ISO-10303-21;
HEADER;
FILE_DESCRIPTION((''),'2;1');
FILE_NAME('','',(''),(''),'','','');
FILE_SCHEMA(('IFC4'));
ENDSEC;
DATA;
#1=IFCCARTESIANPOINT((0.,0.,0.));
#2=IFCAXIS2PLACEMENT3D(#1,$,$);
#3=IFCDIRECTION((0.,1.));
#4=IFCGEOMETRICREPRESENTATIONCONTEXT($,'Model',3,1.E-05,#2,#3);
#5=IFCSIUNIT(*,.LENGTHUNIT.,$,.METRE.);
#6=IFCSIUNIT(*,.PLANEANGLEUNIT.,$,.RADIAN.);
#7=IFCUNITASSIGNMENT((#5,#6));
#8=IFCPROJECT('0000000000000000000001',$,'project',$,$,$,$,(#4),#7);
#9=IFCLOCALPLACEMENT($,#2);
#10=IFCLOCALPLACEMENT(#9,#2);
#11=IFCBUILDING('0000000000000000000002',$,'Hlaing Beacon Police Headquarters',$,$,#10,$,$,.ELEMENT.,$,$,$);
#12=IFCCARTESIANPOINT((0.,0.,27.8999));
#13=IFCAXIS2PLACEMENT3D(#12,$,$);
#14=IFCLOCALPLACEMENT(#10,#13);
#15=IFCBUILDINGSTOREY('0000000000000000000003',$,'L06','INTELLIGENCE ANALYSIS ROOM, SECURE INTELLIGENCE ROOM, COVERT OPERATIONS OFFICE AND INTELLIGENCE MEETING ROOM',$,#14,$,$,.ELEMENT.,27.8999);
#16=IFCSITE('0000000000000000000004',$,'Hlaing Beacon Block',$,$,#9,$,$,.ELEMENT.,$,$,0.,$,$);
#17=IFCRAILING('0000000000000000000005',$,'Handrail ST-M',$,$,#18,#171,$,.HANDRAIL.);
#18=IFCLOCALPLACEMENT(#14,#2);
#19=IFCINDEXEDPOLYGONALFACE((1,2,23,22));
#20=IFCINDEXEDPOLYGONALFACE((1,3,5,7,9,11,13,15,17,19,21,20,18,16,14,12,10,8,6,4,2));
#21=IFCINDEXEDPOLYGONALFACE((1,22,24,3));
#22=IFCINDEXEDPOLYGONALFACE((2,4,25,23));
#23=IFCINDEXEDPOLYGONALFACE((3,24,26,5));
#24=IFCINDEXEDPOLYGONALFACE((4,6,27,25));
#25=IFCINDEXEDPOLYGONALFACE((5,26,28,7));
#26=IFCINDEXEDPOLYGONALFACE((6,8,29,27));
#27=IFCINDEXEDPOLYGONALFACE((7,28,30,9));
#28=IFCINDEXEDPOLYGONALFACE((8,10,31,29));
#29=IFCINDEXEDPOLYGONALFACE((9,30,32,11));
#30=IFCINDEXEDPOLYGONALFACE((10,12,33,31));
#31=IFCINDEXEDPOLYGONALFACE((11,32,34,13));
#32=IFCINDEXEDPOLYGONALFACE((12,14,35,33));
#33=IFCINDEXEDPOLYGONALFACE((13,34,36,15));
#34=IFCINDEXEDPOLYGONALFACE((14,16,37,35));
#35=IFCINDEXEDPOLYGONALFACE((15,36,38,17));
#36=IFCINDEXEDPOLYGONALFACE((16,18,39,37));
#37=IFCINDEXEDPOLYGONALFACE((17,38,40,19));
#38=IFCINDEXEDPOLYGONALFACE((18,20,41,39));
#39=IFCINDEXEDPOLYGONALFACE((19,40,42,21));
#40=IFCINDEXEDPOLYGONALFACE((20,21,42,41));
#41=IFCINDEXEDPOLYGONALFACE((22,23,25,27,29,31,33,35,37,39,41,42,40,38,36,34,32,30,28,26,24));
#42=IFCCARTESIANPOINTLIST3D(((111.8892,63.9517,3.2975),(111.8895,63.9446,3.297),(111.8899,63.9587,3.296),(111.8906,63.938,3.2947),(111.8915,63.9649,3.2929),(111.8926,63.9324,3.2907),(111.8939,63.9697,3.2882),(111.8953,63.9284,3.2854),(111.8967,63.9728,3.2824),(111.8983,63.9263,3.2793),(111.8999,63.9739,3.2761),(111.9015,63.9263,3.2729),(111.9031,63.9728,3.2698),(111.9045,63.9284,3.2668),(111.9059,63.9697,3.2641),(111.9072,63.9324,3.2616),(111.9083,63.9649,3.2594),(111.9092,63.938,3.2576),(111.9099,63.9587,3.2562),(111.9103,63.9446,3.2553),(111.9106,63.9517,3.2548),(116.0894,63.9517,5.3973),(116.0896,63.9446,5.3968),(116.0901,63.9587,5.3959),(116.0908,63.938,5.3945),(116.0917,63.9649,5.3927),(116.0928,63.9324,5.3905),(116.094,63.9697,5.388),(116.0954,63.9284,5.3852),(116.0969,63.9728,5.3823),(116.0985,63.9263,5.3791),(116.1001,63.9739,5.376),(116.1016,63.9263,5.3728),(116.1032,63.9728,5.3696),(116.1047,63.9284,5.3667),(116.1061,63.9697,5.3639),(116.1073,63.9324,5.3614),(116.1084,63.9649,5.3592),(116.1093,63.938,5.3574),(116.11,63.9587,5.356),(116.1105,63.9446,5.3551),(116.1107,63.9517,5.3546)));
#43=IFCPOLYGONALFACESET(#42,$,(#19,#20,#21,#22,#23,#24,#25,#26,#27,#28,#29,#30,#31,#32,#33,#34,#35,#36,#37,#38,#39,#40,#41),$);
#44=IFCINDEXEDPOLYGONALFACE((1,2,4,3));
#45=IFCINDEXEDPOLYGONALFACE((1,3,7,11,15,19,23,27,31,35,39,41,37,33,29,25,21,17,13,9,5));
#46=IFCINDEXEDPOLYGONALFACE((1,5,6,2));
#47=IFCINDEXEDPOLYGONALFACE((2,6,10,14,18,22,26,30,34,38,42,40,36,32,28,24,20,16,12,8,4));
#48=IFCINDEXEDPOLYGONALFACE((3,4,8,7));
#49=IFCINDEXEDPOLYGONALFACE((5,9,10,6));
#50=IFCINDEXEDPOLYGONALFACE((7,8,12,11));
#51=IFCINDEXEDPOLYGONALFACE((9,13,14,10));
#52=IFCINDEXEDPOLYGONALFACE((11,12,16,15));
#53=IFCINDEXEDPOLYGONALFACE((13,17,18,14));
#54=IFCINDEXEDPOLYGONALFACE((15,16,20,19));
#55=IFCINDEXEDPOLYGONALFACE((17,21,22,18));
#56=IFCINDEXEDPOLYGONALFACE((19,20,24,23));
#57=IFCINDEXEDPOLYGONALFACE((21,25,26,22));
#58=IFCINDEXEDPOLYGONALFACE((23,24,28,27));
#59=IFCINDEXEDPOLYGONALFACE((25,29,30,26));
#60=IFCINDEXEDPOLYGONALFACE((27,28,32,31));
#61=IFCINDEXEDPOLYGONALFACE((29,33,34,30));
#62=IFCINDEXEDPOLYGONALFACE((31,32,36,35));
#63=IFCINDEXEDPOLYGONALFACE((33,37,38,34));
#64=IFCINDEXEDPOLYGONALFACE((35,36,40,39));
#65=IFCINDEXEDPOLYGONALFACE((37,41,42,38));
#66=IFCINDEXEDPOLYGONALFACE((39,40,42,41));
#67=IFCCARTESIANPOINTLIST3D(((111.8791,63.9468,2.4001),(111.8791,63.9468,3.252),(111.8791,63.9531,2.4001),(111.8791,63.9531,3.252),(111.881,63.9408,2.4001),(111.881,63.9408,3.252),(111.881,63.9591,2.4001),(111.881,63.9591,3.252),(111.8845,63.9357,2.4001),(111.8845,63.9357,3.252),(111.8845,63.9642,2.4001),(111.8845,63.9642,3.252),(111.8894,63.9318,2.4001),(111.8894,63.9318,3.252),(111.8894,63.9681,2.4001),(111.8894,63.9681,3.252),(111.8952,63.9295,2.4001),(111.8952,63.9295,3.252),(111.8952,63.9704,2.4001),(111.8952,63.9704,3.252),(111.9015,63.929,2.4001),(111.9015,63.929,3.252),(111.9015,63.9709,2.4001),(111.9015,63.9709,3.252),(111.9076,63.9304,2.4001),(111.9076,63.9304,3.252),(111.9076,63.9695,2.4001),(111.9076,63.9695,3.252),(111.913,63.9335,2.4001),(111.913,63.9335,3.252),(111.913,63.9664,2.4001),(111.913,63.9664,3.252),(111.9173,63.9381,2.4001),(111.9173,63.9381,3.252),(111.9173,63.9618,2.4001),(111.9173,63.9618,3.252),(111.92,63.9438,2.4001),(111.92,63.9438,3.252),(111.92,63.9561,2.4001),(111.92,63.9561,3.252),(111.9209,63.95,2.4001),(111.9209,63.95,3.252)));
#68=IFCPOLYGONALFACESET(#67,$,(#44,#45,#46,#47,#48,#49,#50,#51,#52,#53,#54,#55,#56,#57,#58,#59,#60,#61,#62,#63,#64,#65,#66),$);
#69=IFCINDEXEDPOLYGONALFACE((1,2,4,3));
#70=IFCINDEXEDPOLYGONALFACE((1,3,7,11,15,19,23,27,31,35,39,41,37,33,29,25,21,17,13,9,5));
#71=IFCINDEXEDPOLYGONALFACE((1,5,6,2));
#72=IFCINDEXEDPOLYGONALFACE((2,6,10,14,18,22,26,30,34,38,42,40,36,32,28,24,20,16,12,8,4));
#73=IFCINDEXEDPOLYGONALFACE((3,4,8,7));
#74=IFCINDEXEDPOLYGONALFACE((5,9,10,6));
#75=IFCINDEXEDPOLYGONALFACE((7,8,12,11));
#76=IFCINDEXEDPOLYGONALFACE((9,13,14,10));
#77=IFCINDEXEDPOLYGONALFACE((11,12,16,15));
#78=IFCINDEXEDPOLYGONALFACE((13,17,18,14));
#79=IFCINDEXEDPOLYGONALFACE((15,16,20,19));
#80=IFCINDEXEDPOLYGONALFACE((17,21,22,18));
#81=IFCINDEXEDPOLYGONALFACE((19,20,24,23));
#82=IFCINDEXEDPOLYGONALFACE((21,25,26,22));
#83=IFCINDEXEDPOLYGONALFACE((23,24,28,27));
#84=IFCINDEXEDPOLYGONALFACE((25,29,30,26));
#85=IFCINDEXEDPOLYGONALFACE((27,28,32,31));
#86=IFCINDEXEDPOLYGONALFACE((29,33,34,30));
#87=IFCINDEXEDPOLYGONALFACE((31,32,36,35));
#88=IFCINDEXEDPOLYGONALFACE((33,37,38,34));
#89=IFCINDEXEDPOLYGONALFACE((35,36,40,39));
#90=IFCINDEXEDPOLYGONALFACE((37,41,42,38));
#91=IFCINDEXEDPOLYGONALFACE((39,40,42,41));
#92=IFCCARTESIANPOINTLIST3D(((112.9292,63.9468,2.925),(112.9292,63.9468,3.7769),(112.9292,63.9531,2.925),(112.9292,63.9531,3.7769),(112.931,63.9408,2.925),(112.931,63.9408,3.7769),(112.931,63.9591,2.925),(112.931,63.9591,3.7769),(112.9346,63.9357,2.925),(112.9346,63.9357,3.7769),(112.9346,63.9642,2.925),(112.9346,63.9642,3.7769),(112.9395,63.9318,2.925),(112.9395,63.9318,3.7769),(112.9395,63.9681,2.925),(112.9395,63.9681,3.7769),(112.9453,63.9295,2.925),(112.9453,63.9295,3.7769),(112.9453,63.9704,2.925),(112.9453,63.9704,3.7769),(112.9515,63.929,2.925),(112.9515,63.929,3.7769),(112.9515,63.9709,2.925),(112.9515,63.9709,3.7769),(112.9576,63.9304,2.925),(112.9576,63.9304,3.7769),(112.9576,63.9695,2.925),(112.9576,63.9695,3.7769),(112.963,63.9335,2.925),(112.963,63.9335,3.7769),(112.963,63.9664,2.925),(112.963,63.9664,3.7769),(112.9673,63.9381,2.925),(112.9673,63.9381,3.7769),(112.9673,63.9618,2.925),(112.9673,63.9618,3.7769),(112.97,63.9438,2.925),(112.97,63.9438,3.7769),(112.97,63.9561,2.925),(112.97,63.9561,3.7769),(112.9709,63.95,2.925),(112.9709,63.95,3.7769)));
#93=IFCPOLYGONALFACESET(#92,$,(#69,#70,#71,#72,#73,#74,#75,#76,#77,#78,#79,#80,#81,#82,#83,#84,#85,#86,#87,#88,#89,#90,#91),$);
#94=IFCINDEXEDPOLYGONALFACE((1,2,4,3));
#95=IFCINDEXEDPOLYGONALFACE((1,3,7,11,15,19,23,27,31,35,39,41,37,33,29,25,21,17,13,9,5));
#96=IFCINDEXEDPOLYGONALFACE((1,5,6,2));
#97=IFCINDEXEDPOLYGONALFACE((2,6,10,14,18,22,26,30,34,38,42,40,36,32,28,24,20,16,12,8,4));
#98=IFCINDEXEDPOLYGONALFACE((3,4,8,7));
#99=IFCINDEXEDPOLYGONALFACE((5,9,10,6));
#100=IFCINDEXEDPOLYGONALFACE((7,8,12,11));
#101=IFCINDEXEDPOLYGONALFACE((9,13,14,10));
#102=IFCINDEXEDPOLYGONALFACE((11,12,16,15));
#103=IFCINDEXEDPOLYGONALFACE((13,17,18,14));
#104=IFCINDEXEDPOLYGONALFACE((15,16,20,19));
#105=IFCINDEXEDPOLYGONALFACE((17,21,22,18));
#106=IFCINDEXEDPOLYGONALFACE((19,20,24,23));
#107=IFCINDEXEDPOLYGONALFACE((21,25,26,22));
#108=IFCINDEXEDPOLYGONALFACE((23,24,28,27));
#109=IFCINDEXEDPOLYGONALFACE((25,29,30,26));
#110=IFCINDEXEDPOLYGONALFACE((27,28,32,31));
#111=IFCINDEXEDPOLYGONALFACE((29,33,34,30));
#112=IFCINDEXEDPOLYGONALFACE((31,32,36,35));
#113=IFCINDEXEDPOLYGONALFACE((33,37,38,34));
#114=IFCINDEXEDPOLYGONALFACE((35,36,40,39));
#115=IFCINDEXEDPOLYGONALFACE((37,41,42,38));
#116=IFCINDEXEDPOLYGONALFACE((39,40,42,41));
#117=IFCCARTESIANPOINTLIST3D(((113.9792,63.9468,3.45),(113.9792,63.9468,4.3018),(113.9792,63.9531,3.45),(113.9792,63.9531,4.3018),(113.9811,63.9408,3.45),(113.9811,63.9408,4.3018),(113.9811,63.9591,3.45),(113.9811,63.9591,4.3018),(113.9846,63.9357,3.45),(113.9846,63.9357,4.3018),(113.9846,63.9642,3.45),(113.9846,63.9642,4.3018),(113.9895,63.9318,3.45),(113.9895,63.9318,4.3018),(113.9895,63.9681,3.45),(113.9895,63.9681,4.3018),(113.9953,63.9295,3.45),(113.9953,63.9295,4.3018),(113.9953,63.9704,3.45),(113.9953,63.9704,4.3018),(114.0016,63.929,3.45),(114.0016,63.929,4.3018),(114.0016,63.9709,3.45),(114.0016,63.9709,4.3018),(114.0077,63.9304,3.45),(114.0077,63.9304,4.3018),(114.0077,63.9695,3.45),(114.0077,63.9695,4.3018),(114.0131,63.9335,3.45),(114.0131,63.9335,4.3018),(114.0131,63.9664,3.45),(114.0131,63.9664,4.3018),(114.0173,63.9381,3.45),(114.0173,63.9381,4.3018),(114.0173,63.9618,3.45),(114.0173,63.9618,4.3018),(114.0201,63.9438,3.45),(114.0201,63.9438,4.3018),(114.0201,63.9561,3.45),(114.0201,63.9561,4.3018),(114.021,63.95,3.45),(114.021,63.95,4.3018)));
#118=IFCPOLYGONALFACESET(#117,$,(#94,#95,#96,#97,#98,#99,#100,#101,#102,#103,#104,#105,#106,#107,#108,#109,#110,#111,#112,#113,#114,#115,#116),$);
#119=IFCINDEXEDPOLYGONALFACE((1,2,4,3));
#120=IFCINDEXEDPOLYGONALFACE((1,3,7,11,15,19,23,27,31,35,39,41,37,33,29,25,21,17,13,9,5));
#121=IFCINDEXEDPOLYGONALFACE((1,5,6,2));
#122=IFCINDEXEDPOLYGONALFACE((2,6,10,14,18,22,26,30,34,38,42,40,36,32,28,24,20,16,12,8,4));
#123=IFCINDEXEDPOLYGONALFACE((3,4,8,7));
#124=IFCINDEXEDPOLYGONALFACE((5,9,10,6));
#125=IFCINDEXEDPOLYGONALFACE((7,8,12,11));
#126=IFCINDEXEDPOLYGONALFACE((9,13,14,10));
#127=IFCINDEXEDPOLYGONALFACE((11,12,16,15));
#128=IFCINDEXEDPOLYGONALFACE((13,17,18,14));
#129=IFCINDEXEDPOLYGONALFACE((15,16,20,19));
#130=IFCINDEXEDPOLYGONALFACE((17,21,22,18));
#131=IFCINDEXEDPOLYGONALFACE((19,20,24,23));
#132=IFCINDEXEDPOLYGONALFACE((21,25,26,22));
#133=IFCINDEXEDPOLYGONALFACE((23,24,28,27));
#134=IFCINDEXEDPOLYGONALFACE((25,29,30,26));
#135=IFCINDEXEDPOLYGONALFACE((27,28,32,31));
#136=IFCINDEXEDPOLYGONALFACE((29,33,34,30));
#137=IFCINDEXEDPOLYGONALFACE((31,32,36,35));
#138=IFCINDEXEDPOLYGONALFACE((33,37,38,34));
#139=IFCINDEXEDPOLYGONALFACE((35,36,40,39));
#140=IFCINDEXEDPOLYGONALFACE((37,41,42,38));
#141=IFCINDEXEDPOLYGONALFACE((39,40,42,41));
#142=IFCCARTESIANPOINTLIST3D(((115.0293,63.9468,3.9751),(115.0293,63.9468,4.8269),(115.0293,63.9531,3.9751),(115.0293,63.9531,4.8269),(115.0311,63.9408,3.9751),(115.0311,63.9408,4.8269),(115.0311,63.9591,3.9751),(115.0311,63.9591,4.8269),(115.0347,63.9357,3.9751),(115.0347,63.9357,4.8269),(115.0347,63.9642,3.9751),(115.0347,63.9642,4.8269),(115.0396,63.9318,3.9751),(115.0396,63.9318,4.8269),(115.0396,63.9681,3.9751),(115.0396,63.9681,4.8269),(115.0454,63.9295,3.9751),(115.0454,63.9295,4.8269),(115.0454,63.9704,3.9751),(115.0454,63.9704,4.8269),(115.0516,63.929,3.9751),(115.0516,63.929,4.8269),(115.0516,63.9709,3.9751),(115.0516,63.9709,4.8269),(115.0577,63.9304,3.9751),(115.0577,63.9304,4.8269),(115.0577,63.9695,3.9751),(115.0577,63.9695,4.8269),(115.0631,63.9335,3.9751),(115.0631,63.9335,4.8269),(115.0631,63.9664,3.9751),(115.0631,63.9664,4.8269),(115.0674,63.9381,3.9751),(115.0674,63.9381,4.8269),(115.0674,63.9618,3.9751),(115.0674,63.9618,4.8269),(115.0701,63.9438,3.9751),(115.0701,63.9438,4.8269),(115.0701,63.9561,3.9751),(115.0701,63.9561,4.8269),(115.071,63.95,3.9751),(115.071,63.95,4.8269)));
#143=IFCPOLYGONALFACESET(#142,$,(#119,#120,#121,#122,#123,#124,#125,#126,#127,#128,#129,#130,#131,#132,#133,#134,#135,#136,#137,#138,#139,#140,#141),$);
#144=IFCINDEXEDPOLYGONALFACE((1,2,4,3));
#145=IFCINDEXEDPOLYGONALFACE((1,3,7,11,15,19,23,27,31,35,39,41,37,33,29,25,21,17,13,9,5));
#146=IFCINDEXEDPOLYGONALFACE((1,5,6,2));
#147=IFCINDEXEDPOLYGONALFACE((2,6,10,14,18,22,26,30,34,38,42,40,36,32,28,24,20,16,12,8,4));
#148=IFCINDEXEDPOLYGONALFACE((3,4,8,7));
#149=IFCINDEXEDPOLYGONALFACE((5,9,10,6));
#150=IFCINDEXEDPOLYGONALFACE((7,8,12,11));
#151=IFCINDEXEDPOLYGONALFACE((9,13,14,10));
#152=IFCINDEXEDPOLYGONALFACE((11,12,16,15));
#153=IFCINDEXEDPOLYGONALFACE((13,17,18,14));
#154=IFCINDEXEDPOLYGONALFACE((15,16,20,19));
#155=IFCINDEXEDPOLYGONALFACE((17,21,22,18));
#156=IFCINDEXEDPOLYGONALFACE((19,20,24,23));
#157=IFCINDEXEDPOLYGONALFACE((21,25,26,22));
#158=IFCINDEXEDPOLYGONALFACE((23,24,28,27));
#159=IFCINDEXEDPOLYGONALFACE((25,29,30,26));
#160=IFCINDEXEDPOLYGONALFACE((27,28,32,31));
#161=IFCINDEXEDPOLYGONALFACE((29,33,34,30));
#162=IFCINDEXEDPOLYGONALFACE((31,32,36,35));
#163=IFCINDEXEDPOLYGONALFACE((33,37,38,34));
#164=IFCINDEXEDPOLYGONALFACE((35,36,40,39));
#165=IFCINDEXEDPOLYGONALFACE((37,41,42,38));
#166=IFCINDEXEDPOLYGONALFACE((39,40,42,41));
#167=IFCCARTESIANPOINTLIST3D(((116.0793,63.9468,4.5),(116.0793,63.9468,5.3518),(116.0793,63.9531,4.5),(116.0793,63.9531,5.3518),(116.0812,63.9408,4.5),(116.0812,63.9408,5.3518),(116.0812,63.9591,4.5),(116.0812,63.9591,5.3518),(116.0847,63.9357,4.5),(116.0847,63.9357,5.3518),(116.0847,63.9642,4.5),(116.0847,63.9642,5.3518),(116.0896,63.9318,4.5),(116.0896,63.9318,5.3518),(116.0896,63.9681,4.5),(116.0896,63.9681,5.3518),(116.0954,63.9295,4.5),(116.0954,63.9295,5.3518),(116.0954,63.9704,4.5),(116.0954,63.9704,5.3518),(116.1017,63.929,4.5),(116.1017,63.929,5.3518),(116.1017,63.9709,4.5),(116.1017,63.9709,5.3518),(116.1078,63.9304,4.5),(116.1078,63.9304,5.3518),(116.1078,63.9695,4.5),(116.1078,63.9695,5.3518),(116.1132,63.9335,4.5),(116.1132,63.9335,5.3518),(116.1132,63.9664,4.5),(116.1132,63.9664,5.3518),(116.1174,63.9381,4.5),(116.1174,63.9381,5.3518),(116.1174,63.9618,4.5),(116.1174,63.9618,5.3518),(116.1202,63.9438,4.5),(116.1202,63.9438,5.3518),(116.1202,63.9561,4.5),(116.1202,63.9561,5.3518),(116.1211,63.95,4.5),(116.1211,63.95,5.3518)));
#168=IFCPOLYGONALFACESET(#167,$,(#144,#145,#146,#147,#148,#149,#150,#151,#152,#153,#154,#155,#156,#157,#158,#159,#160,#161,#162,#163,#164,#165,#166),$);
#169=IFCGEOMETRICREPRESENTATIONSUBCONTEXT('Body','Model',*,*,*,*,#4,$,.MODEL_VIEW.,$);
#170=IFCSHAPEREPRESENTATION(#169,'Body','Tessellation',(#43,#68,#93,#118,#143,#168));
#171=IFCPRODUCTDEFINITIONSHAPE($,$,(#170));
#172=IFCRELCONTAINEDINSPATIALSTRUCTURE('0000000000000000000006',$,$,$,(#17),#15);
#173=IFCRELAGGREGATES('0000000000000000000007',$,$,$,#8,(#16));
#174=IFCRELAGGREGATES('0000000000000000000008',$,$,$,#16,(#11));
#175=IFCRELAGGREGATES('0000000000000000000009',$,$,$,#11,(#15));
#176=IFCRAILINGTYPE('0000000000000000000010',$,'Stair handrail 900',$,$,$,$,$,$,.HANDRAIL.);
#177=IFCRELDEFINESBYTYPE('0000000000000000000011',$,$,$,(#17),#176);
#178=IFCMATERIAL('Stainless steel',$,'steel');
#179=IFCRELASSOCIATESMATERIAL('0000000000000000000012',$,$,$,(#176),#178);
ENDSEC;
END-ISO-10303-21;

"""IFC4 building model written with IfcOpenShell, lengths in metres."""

from ifc_helpers import new_model, si_unit, direction, frame, origin, origin_2d, place, context, subcontext, project, spatial, circle, extrude, material, type_object, element, save


model = new_model("IFC4")

# Units and contexts
model_context = context("Model", 3, precision=1e-05, world=origin(), true_north=direction((0.0, 1.0)))
body_context = subcontext(model_context, "Body", "Model", "MODEL_VIEW")
ifc_project = project(units=[si_unit("LENGTHUNIT", "METRE"), si_unit("PLANEANGLEUNIT", "RADIAN")], contexts=[model_context])

# Site, building, storey
site_placement = place(None, origin())
site = spatial("IfcSite", under=ifc_project, at=site_placement, Name="Hlaing Beacon Block", CompositionType="ELEMENT", RefElevation=0.0)
building_placement = place(site_placement, origin())
building = spatial("IfcBuilding", under=site, at=building_placement, Name="Hlaing Beacon Police Headquarters", CompositionType="ELEMENT")
storey_placement = place(building_placement, frame((0.0, 0.0, 27.8999)))
storey = spatial("IfcBuildingStorey", under=building, at=storey_placement, Name="L06", Description="INTELLIGENCE ANALYSIS ROOM, SECURE INTELLIGENCE ROOM, COVERT OPERATIONS OFFICE AND INTELLIGENCE MEETING ROOM", CompositionType="ELEMENT", Elevation=27.8999)

# Railing
ifc_material_1 = material(Name="Stainless steel", Category="steel")
railing_type_1 = type_object("IfcRailingType", Name="Stair handrail 900", PredefinedType="HANDRAIL", material=ifc_material_1)
for number, where, name in (
    (1, (111.8999, 63.95, 2.4001), "Handrail ST-M"),
):
    element("IfcRailing", number, at=place(storey_placement, frame(where)), inside=storey, type_object=railing_type_1, Name=name, PredefinedType="HANDRAIL", context=body_context, shape_type="SweptSolid", body=[
        extrude(circle(Radius=0.0239, at=origin_2d()), frame((0.0, 0.0, 0.876), z_axis=(0.894448, 0.0, 0.447172), x_axis=(0.0, 1.0, 0.0)), (0.0, 0.0, 1.0), 4.6958),
        extrude(circle(Radius=0.021, at=origin_2d()), origin(), (0.0, 0.0, 1.0), 0.8518),
        extrude(circle(Radius=0.021, at=origin_2d()), frame((1.05, 0.0, 0.5249)), (0.0, 0.0, 1.0), 0.8518),
        extrude(circle(Radius=0.021, at=origin_2d()), frame((2.1001, 0.0, 1.0498)), (0.0, 0.0, 1.0), 0.8518),
        extrude(circle(Radius=0.021, at=origin_2d()), frame((3.1501, 0.0, 1.575)), (0.0, 0.0, 1.0), 0.8518),
        extrude(circle(Radius=0.021, at=origin_2d()), frame((4.2002, 0.0, 2.0999)), (0.0, 0.0, 1.0), 0.8518),
    ])

save(model, "model.ifc")
